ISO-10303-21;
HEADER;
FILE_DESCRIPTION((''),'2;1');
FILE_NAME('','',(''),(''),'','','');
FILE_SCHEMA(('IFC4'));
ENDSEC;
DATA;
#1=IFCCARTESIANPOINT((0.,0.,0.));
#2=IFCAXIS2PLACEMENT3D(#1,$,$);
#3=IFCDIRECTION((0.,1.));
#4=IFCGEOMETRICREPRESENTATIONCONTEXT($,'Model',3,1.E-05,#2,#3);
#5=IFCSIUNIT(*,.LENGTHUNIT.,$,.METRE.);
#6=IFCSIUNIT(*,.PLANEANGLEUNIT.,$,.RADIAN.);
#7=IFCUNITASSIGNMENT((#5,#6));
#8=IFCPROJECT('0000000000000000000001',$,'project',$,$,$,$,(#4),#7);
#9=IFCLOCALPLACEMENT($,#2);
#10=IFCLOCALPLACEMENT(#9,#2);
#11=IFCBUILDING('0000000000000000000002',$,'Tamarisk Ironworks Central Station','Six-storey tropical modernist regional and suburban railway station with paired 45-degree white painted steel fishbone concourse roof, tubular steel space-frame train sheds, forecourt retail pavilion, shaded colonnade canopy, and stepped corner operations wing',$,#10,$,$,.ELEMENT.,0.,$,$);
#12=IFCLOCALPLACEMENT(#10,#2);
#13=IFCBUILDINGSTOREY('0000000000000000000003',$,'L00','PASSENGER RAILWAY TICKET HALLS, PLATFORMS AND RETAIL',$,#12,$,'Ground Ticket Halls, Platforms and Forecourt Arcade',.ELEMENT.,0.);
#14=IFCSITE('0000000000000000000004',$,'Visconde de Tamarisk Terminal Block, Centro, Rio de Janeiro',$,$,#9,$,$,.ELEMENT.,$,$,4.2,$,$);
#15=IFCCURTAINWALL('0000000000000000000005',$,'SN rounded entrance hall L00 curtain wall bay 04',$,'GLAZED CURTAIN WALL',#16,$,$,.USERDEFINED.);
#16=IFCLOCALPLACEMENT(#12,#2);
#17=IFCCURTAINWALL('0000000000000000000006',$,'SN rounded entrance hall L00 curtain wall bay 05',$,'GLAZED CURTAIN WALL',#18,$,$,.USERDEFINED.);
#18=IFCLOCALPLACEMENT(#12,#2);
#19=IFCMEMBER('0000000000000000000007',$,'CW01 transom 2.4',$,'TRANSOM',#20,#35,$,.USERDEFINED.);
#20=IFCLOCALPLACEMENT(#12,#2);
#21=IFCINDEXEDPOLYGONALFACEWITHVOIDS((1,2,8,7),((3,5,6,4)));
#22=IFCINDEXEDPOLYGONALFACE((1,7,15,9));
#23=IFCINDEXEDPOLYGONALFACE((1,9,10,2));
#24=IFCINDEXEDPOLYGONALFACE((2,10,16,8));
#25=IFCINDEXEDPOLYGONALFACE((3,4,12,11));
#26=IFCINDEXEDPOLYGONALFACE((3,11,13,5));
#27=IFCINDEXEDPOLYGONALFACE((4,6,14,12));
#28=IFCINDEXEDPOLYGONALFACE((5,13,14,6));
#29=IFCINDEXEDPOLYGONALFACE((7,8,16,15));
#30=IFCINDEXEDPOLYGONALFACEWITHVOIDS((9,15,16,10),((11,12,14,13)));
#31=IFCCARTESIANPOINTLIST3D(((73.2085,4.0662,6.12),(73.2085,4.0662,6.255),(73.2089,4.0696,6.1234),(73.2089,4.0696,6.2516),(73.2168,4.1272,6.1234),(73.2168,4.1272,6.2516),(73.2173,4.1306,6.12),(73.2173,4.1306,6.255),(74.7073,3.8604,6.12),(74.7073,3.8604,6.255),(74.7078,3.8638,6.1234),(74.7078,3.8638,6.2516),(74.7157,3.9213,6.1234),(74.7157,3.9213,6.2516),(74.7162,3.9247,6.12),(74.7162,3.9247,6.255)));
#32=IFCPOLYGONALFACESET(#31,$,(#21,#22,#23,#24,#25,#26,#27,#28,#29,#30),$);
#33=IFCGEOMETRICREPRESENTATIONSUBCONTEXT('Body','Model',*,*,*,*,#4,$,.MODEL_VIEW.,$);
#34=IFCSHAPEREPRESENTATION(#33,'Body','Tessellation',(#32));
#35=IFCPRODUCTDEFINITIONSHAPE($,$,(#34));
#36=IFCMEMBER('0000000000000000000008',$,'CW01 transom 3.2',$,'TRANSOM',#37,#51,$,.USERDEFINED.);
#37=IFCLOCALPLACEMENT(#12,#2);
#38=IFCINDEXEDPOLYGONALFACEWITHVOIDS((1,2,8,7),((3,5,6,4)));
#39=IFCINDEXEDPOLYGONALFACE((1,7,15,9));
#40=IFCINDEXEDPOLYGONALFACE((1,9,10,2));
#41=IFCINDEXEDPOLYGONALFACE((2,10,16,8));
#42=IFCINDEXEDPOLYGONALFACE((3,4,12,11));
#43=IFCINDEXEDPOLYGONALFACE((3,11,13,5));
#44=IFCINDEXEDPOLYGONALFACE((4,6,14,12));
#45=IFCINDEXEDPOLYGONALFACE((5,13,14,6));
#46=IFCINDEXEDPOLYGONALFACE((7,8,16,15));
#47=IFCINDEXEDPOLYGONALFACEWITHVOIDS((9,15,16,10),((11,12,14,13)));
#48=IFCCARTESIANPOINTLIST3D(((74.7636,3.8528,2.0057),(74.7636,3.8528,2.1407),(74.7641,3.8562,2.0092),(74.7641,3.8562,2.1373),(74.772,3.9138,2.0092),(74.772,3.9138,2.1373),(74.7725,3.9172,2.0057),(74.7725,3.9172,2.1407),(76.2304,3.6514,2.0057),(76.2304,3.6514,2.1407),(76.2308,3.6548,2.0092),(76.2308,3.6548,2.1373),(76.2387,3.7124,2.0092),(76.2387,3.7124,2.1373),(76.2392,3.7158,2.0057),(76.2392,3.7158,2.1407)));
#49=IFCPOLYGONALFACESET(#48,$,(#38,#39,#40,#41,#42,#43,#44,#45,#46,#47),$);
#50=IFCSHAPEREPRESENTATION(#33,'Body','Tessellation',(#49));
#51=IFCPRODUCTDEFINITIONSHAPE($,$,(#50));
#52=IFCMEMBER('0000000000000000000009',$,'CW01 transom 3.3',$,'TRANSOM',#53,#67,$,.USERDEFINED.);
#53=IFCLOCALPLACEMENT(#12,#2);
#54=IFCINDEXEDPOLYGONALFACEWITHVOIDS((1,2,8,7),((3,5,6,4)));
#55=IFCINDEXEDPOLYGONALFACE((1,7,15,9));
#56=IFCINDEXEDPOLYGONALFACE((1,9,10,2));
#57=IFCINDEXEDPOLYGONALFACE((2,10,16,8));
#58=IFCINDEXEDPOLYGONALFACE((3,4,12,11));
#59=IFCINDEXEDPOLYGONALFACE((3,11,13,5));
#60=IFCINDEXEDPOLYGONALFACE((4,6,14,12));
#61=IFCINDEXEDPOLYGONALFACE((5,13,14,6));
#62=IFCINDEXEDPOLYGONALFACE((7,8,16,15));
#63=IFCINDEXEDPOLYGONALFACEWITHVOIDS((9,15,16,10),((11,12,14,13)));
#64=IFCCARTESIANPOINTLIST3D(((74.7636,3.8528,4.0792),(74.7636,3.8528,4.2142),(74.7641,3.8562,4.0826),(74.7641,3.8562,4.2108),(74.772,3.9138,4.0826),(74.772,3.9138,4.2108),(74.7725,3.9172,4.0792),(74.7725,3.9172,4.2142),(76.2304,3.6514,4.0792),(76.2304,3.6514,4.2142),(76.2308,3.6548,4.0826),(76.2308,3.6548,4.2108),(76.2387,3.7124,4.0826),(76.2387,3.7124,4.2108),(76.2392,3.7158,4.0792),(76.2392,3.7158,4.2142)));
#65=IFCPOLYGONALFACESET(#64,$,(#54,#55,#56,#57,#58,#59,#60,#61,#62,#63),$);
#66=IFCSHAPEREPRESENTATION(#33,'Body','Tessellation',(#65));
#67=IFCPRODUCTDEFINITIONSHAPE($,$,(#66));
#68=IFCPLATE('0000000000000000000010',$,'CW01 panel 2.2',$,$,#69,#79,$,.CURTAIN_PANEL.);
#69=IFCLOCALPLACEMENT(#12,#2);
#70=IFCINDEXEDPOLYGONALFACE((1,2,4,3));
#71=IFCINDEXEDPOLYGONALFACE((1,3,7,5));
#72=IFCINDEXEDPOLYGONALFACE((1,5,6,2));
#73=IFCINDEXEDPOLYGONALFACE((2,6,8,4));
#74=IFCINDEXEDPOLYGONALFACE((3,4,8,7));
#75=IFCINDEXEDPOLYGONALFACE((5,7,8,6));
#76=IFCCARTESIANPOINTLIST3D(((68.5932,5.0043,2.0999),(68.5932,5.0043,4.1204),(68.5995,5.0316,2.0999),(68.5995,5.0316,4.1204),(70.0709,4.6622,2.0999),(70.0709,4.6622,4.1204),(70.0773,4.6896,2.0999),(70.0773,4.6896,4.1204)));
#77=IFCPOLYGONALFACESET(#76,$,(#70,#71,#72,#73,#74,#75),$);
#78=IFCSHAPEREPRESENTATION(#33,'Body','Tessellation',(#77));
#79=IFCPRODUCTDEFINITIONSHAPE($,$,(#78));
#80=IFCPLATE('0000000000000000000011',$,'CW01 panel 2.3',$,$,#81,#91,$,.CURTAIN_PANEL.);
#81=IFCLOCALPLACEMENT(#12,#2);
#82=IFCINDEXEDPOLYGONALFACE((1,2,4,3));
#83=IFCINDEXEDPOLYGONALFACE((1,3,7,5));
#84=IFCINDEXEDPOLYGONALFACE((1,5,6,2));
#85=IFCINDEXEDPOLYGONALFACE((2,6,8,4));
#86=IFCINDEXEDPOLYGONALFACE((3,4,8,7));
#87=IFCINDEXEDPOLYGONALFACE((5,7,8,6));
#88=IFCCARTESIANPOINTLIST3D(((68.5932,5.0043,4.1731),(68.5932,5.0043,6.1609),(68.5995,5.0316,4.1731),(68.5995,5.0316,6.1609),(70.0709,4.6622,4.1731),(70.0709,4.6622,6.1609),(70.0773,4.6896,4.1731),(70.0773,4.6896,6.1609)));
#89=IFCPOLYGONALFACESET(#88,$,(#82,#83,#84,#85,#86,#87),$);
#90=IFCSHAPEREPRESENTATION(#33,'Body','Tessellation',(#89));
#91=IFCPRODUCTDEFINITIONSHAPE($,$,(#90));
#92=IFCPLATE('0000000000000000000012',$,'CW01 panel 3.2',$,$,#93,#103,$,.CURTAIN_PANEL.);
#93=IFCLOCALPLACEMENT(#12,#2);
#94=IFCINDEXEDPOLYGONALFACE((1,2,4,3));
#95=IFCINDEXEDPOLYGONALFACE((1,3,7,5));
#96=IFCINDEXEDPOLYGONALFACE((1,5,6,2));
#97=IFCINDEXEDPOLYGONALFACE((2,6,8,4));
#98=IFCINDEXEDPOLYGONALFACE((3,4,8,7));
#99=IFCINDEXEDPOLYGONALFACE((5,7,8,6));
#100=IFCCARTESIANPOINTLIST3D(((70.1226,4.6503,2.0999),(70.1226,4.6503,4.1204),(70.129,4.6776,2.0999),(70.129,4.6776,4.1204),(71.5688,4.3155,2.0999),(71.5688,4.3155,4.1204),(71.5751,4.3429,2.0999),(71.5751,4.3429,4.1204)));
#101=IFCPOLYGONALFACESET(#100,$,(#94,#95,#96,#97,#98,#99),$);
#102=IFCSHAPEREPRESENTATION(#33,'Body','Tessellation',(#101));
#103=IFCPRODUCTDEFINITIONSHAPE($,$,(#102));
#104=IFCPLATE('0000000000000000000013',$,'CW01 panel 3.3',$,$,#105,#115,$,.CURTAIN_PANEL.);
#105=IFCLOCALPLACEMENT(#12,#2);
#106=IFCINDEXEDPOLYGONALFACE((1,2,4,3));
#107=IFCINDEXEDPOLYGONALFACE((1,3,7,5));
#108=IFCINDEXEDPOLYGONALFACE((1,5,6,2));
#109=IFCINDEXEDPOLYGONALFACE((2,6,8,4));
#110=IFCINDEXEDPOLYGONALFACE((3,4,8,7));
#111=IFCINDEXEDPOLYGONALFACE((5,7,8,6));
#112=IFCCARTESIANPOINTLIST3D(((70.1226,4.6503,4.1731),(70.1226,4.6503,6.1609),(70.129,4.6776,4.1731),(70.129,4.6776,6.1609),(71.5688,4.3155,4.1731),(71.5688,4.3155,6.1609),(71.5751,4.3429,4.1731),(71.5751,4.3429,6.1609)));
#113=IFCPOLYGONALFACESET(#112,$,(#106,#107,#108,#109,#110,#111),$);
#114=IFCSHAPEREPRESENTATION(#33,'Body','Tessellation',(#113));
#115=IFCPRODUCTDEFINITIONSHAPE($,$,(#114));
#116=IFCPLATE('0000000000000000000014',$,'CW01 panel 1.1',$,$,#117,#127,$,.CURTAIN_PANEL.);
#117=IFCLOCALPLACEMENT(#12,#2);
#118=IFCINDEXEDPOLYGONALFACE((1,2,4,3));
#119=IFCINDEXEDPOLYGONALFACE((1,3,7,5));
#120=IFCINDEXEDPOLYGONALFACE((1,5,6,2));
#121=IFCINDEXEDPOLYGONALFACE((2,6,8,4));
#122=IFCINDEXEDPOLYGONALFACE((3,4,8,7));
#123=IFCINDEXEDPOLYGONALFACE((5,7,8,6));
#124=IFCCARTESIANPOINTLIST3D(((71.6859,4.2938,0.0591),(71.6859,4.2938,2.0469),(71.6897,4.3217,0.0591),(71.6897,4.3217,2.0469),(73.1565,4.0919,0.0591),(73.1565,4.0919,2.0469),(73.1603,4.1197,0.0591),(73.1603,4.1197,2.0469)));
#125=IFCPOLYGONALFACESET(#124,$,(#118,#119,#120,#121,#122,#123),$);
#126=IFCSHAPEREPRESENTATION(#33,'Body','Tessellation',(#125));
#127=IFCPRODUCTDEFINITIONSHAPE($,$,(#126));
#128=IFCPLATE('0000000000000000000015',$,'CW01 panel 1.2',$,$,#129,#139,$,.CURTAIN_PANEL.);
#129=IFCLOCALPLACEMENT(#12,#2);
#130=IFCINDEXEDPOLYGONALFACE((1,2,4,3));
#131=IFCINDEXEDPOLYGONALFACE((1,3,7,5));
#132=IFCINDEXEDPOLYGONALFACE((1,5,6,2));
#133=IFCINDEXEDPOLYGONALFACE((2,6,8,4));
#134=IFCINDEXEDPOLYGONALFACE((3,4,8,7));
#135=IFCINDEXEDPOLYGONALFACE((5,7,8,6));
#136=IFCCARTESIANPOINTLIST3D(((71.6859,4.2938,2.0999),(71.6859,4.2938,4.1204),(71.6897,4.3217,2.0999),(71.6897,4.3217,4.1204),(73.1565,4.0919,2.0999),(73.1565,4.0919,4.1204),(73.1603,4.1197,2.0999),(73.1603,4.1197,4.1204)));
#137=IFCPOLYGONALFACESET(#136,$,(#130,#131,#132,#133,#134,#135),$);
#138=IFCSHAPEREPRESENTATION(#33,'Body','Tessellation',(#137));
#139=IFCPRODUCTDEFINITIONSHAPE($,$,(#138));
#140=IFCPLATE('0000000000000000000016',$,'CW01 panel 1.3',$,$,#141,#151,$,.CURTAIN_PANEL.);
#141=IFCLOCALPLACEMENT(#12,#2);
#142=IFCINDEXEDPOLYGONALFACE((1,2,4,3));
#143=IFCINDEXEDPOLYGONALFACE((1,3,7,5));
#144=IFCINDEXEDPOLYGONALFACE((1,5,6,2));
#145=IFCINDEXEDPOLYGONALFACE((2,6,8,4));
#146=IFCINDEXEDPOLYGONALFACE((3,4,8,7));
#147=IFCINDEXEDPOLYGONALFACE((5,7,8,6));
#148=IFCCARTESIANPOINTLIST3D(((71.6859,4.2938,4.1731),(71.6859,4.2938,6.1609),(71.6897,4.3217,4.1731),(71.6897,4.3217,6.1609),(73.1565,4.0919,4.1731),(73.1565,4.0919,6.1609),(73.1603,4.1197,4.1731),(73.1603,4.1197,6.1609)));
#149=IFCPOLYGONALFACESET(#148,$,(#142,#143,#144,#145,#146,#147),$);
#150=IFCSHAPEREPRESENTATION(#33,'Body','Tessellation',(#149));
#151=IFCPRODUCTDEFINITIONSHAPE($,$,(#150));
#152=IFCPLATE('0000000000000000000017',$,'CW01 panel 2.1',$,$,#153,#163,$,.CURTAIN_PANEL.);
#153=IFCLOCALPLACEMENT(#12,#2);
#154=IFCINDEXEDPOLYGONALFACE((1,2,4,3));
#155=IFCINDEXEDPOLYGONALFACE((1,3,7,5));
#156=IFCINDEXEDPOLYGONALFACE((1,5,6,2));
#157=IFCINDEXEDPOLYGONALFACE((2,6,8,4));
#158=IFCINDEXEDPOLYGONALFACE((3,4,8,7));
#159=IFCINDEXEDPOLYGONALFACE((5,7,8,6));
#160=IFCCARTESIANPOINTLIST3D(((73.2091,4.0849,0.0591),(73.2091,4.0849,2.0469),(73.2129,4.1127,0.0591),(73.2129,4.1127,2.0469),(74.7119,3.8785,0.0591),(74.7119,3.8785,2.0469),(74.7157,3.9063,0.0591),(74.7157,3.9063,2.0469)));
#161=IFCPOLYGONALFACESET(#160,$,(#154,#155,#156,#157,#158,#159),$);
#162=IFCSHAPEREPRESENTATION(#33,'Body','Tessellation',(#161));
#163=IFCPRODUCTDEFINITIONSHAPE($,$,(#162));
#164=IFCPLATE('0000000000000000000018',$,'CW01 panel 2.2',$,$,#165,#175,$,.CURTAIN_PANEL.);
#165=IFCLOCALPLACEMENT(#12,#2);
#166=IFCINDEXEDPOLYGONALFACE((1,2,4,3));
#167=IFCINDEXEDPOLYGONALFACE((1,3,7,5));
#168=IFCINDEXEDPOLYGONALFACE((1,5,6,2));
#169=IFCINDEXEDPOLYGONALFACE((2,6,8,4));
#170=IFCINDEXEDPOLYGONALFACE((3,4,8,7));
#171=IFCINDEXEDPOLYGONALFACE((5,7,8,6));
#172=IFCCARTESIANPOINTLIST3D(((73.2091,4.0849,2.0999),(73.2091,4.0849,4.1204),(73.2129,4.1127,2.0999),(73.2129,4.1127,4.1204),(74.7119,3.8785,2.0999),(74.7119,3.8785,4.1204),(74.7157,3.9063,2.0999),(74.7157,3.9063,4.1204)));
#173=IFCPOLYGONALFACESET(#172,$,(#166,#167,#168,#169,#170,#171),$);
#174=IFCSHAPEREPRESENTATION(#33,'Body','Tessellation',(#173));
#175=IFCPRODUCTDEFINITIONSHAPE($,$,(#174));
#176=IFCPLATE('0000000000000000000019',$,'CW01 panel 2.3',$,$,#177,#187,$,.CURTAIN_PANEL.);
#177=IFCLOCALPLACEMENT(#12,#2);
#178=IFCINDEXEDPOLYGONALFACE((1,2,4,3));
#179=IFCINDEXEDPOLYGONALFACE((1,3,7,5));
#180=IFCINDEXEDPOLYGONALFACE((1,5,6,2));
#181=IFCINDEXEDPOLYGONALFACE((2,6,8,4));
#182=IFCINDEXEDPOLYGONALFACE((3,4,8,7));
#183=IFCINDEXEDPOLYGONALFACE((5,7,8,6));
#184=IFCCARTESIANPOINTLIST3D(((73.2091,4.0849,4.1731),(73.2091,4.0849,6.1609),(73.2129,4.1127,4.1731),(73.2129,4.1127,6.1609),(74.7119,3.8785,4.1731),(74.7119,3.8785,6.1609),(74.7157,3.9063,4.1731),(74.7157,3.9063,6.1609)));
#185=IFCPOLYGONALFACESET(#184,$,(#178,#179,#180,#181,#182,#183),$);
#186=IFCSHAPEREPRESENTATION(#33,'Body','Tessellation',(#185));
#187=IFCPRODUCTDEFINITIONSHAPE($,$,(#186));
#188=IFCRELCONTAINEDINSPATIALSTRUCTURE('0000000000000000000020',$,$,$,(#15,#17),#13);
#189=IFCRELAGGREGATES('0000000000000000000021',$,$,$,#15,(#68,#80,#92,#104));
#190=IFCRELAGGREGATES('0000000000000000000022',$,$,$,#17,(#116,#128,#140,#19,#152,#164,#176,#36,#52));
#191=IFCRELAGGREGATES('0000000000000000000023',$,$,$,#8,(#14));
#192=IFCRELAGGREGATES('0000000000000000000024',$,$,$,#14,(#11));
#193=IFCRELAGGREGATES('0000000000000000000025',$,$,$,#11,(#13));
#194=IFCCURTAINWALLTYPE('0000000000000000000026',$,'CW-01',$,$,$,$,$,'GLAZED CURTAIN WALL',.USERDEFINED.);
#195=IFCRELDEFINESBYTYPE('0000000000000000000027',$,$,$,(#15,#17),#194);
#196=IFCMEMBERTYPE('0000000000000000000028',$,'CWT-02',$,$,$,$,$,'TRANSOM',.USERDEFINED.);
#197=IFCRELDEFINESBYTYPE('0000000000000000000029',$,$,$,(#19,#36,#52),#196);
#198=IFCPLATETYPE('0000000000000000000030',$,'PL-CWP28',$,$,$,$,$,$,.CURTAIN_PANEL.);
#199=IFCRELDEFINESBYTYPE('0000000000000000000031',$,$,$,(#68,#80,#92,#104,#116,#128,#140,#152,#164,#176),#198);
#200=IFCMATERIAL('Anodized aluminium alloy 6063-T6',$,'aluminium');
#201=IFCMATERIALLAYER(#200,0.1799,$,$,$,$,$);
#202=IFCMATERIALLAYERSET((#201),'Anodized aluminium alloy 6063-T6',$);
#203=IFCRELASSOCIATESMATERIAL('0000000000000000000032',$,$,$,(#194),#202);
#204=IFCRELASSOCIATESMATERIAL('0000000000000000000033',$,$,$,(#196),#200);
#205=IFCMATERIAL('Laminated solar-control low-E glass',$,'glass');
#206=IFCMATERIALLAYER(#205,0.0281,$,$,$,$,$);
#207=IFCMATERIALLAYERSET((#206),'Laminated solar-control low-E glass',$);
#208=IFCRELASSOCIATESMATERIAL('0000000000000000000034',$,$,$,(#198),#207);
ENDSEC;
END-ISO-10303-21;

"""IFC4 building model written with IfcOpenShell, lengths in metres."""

from ifc_helpers import new_model, si_unit, direction, frame, origin, origin_2d, place, context, subcontext, project, spatial, rectangle, hollow_rectangle, extrude, material, layer, layer_set, material_profile, profile_set, type_object, element, aggregate, save


model = new_model("IFC4")

# Units and contexts
model_context = context("Model", 3, precision=1e-05, world=origin(), true_north=direction((0.0, 1.0)))
body_context = subcontext(model_context, "Body", "Model", "MODEL_VIEW")
ifc_project = project(units=[si_unit("LENGTHUNIT", "METRE"), si_unit("PLANEANGLEUNIT", "RADIAN")], contexts=[model_context])

# Site, building, storey
site_placement = place(None, origin())
site = spatial("IfcSite", under=ifc_project, at=site_placement, Name="Visconde de Tamarisk Terminal Block, Centro, Rio de Janeiro", CompositionType="ELEMENT", RefElevation=4.2)
building_placement = place(site_placement, origin())
building = spatial("IfcBuilding", under=site, at=building_placement, Name="Tamarisk Ironworks Central Station", Description="Six-storey tropical modernist regional and suburban railway station with paired 45-degree white painted steel fishbone concourse roof, tubular steel space-frame train sheds, forecourt retail pavilion, shaded colonnade canopy, and stepped corner operations wing", CompositionType="ELEMENT", ElevationOfRefHeight=0.0)
storey_placement = place(building_placement, origin())
storey = spatial("IfcBuildingStorey", under=building, at=storey_placement, Name="L00", Description="PASSENGER RAILWAY TICKET HALLS, PLATFORMS AND RETAIL", LongName="Ground Ticket Halls, Platforms and Forecourt Arcade", CompositionType="ELEMENT", Elevation=0.0)

# Curtain walls, members
ifc_material_1 = material(Name="Anodized aluminium alloy 6063-T6", Category="aluminium")
ifc_layer_1 = layer(ifc_material_1, 0.1799)
ifc_layer_set_1 = layer_set([ifc_layer_1], Name="Anodized aluminium alloy 6063-T6")
curtain_wall_type = type_object("IfcCurtainWallType", Name="CW-01", ElementType="GLAZED CURTAIN WALL", PredefinedType="USERDEFINED", material=ifc_layer_set_1)
curtain_wall_1_placement = place(storey_placement, origin())
curtain_wall_1 = element("IfcCurtainWall", 1, at=curtain_wall_1_placement, inside=storey, type_object=curtain_wall_type, Name="SN rounded entrance hall L00 curtain wall bay 04", ObjectType="GLAZED CURTAIN WALL", PredefinedType="USERDEFINED")
ifc_material_profile = material_profile(ifc_material_1, hollow_rectangle(XDim=0.0649, YDim=0.135, WallThickness=0.0034, at=origin_2d()), Name="ALUM 135x65")
ifc_profile_set = profile_set([ifc_material_profile], Name="Anodized aluminium alloy 6063-T6")
member_type = type_object("IfcMemberType", Name="CWT-02", ElementType="TRANSOM", PredefinedType="USERDEFINED", material=ifc_profile_set)
curtain_wall_2_placement = place(storey_placement, origin())
curtain_wall_2 = element("IfcCurtainWall", 2, at=curtain_wall_2_placement, inside=storey, type_object=curtain_wall_type, Name="SN rounded entrance hall L00 curtain wall bay 05", ObjectType="GLAZED CURTAIN WALL", PredefinedType="USERDEFINED")
member_1_placement = place(storey_placement, frame((73.2129, 4.0984, 6.1875), z_axis=(0.990703, -0.136042, 0.0), x_axis=(0.136042, 0.990703, 0.0)))
member_1 = element("IfcMember", 3, at=member_1_placement, type_object=member_type, Name="CW01 transom 2.4", ObjectType="TRANSOM", PredefinedType="USERDEFINED", context=body_context, shape_type="SweptSolid", body=[
    extrude(hollow_rectangle(XDim=0.0649, YDim=0.135, WallThickness=0.0034, at=origin_2d()), origin(), (0.0, 0.0, 1.0), 1.5129),
])
member_2_placement = place(storey_placement, frame((74.7681, 3.885, 2.0732), z_axis=(0.990703, -0.13604, 0.0), x_axis=(0.13604, 0.990703, 0.0)))
member_2 = element("IfcMember", 4, at=member_2_placement, type_object=member_type, Name="CW01 transom 3.2", ObjectType="TRANSOM", PredefinedType="USERDEFINED", context=body_context, shape_type="SweptSolid", body=[
    extrude(hollow_rectangle(XDim=0.0649, YDim=0.135, WallThickness=0.0034, at=origin_2d()), origin(), (0.0, 0.0, 1.0), 1.4805),
])
member_3_placement = place(storey_placement, frame((74.7681, 3.885, 4.1467), z_axis=(0.990703, -0.13604, 0.0), x_axis=(0.13604, 0.990703, 0.0)))
member_3 = element("IfcMember", 5, at=member_3_placement, type_object=member_type, Name="CW01 transom 3.3", ObjectType="TRANSOM", PredefinedType="USERDEFINED", context=body_context, shape_type="SweptSolid", body=[
    extrude(hollow_rectangle(XDim=0.0649, YDim=0.135, WallThickness=0.0034, at=origin_2d()), origin(), (0.0, 0.0, 1.0), 1.4805),
])

# Plates
ifc_material_2 = material(Name="Laminated solar-control low-E glass", Category="glass")
ifc_layer_2 = layer(ifc_material_2, 0.0281)
ifc_layer_set_2 = layer_set([ifc_layer_2], Name="Laminated solar-control low-E glass")
plate_type = type_object("IfcPlateType", Name="PL-CWP28", PredefinedType="CURTAIN_PANEL", material=ifc_layer_set_2)
plate_1_placement = place(storey_placement, frame((69.3352, 4.8469, 2.0999), z_axis=(0.0, 0.0, 1.0), x_axis=(0.974239, -0.225517, 0.0)))
plate_1 = element("IfcPlate", 6, at=plate_1_placement, type_object=plate_type, Name="CW01 panel 2.2", PredefinedType="CURTAIN_PANEL", context=body_context, shape_type="SweptSolid", body=[
    extrude(rectangle(XDim=1.5168, YDim=0.0281, at=origin_2d()), origin(), (0.0, 0.0, 1.0), 2.0205),
])
plate_2_placement = place(storey_placement, frame((69.3352, 4.8469, 4.1731), z_axis=(0.0, 0.0, 1.0), x_axis=(0.974239, -0.225517, 0.0)))
plate_2 = element("IfcPlate", 7, at=plate_2_placement, type_object=plate_type, Name="CW01 panel 2.3", PredefinedType="CURTAIN_PANEL", context=body_context, shape_type="SweptSolid", body=[
    extrude(rectangle(XDim=1.5168, YDim=0.0281, at=origin_2d()), origin(), (0.0, 0.0, 1.0), 1.9878),
])
plate_3_placement = place(storey_placement, frame((70.8489, 4.4966, 2.0999), z_axis=(0.0, 0.0, 1.0), x_axis=(0.974239, -0.225517, 0.0)))
plate_3 = element("IfcPlate", 8, at=plate_3_placement, type_object=plate_type, Name="CW01 panel 3.2", PredefinedType="CURTAIN_PANEL", context=body_context, shape_type="SweptSolid", body=[
    extrude(rectangle(XDim=1.4844, YDim=0.0281, at=origin_2d()), origin(), (0.0, 0.0, 1.0), 2.0205),
])
plate_4_placement = place(storey_placement, frame((70.8489, 4.4966, 4.1731), z_axis=(0.0, 0.0, 1.0), x_axis=(0.974239, -0.225517, 0.0)))
plate_4 = element("IfcPlate", 9, at=plate_4_placement, type_object=plate_type, Name="CW01 panel 3.3", PredefinedType="CURTAIN_PANEL", context=body_context, shape_type="SweptSolid", body=[
    extrude(rectangle(XDim=1.4844, YDim=0.0281, at=origin_2d()), origin(), (0.0, 0.0, 1.0), 1.9878),
])
aggregate(curtain_wall_1, [plate_1, plate_2, plate_3, plate_4])
plate_5_placement = place(storey_placement, frame((72.4231, 4.2068, 0.0591), z_axis=(0.0, 0.0, 1.0), x_axis=(0.990703, -0.136042, 0.0)))
plate_5 = element("IfcPlate", 10, at=plate_5_placement, type_object=plate_type, Name="CW01 panel 1.1", PredefinedType="CURTAIN_PANEL", context=body_context, shape_type="SweptSolid", body=[
    extrude(rectangle(XDim=1.4844, YDim=0.0281, at=origin_2d()), origin(), (0.0, 0.0, 1.0), 1.9878),
])
plate_6_placement = place(storey_placement, frame((72.4231, 4.2068, 2.0999), z_axis=(0.0, 0.0, 1.0), x_axis=(0.990703, -0.136042, 0.0)))
plate_6 = element("IfcPlate", 11, at=plate_6_placement, type_object=plate_type, Name="CW01 panel 1.2", PredefinedType="CURTAIN_PANEL", context=body_context, shape_type="SweptSolid", body=[
    extrude(rectangle(XDim=1.4844, YDim=0.0281, at=origin_2d()), origin(), (0.0, 0.0, 1.0), 2.0205),
])
plate_7_placement = place(storey_placement, frame((72.4231, 4.2068, 4.1731), z_axis=(0.0, 0.0, 1.0), x_axis=(0.990703, -0.136042, 0.0)))
plate_7 = element("IfcPlate", 12, at=plate_7_placement, type_object=plate_type, Name="CW01 panel 1.3", PredefinedType="CURTAIN_PANEL", context=body_context, shape_type="SweptSolid", body=[
    extrude(rectangle(XDim=1.4844, YDim=0.0281, at=origin_2d()), origin(), (0.0, 0.0, 1.0), 1.9878),
])
plate_8_placement = place(storey_placement, frame((73.9624, 3.9956, 0.0591), z_axis=(0.0, 0.0, 1.0), x_axis=(0.990703, -0.136042, 0.0)))
plate_8 = element("IfcPlate", 13, at=plate_8_placement, type_object=plate_type, Name="CW01 panel 2.1", PredefinedType="CURTAIN_PANEL", context=body_context, shape_type="SweptSolid", body=[
    extrude(rectangle(XDim=1.5168, YDim=0.0281, at=origin_2d()), origin(), (0.0, 0.0, 1.0), 1.9878),
])
plate_9_placement = place(storey_placement, frame((73.9624, 3.9956, 2.0999), z_axis=(0.0, 0.0, 1.0), x_axis=(0.990703, -0.136042, 0.0)))
plate_9 = element("IfcPlate", 14, at=plate_9_placement, type_object=plate_type, Name="CW01 panel 2.2", PredefinedType="CURTAIN_PANEL", context=body_context, shape_type="SweptSolid", body=[
    extrude(rectangle(XDim=1.5168, YDim=0.0281, at=origin_2d()), origin(), (0.0, 0.0, 1.0), 2.0205),
])
plate_10_placement = place(storey_placement, frame((73.9624, 3.9956, 4.1731), z_axis=(0.0, 0.0, 1.0), x_axis=(0.990703, -0.136042, 0.0)))
plate_10 = element("IfcPlate", 15, at=plate_10_placement, type_object=plate_type, Name="CW01 panel 2.3", PredefinedType="CURTAIN_PANEL", context=body_context, shape_type="SweptSolid", body=[
    extrude(rectangle(XDim=1.5168, YDim=0.0281, at=origin_2d()), origin(), (0.0, 0.0, 1.0), 1.9878),
])
aggregate(curtain_wall_2, [plate_5, plate_6, plate_7, member_1, plate_8, plate_9, plate_10, member_2, member_3])

save(model, "model.ifc")
